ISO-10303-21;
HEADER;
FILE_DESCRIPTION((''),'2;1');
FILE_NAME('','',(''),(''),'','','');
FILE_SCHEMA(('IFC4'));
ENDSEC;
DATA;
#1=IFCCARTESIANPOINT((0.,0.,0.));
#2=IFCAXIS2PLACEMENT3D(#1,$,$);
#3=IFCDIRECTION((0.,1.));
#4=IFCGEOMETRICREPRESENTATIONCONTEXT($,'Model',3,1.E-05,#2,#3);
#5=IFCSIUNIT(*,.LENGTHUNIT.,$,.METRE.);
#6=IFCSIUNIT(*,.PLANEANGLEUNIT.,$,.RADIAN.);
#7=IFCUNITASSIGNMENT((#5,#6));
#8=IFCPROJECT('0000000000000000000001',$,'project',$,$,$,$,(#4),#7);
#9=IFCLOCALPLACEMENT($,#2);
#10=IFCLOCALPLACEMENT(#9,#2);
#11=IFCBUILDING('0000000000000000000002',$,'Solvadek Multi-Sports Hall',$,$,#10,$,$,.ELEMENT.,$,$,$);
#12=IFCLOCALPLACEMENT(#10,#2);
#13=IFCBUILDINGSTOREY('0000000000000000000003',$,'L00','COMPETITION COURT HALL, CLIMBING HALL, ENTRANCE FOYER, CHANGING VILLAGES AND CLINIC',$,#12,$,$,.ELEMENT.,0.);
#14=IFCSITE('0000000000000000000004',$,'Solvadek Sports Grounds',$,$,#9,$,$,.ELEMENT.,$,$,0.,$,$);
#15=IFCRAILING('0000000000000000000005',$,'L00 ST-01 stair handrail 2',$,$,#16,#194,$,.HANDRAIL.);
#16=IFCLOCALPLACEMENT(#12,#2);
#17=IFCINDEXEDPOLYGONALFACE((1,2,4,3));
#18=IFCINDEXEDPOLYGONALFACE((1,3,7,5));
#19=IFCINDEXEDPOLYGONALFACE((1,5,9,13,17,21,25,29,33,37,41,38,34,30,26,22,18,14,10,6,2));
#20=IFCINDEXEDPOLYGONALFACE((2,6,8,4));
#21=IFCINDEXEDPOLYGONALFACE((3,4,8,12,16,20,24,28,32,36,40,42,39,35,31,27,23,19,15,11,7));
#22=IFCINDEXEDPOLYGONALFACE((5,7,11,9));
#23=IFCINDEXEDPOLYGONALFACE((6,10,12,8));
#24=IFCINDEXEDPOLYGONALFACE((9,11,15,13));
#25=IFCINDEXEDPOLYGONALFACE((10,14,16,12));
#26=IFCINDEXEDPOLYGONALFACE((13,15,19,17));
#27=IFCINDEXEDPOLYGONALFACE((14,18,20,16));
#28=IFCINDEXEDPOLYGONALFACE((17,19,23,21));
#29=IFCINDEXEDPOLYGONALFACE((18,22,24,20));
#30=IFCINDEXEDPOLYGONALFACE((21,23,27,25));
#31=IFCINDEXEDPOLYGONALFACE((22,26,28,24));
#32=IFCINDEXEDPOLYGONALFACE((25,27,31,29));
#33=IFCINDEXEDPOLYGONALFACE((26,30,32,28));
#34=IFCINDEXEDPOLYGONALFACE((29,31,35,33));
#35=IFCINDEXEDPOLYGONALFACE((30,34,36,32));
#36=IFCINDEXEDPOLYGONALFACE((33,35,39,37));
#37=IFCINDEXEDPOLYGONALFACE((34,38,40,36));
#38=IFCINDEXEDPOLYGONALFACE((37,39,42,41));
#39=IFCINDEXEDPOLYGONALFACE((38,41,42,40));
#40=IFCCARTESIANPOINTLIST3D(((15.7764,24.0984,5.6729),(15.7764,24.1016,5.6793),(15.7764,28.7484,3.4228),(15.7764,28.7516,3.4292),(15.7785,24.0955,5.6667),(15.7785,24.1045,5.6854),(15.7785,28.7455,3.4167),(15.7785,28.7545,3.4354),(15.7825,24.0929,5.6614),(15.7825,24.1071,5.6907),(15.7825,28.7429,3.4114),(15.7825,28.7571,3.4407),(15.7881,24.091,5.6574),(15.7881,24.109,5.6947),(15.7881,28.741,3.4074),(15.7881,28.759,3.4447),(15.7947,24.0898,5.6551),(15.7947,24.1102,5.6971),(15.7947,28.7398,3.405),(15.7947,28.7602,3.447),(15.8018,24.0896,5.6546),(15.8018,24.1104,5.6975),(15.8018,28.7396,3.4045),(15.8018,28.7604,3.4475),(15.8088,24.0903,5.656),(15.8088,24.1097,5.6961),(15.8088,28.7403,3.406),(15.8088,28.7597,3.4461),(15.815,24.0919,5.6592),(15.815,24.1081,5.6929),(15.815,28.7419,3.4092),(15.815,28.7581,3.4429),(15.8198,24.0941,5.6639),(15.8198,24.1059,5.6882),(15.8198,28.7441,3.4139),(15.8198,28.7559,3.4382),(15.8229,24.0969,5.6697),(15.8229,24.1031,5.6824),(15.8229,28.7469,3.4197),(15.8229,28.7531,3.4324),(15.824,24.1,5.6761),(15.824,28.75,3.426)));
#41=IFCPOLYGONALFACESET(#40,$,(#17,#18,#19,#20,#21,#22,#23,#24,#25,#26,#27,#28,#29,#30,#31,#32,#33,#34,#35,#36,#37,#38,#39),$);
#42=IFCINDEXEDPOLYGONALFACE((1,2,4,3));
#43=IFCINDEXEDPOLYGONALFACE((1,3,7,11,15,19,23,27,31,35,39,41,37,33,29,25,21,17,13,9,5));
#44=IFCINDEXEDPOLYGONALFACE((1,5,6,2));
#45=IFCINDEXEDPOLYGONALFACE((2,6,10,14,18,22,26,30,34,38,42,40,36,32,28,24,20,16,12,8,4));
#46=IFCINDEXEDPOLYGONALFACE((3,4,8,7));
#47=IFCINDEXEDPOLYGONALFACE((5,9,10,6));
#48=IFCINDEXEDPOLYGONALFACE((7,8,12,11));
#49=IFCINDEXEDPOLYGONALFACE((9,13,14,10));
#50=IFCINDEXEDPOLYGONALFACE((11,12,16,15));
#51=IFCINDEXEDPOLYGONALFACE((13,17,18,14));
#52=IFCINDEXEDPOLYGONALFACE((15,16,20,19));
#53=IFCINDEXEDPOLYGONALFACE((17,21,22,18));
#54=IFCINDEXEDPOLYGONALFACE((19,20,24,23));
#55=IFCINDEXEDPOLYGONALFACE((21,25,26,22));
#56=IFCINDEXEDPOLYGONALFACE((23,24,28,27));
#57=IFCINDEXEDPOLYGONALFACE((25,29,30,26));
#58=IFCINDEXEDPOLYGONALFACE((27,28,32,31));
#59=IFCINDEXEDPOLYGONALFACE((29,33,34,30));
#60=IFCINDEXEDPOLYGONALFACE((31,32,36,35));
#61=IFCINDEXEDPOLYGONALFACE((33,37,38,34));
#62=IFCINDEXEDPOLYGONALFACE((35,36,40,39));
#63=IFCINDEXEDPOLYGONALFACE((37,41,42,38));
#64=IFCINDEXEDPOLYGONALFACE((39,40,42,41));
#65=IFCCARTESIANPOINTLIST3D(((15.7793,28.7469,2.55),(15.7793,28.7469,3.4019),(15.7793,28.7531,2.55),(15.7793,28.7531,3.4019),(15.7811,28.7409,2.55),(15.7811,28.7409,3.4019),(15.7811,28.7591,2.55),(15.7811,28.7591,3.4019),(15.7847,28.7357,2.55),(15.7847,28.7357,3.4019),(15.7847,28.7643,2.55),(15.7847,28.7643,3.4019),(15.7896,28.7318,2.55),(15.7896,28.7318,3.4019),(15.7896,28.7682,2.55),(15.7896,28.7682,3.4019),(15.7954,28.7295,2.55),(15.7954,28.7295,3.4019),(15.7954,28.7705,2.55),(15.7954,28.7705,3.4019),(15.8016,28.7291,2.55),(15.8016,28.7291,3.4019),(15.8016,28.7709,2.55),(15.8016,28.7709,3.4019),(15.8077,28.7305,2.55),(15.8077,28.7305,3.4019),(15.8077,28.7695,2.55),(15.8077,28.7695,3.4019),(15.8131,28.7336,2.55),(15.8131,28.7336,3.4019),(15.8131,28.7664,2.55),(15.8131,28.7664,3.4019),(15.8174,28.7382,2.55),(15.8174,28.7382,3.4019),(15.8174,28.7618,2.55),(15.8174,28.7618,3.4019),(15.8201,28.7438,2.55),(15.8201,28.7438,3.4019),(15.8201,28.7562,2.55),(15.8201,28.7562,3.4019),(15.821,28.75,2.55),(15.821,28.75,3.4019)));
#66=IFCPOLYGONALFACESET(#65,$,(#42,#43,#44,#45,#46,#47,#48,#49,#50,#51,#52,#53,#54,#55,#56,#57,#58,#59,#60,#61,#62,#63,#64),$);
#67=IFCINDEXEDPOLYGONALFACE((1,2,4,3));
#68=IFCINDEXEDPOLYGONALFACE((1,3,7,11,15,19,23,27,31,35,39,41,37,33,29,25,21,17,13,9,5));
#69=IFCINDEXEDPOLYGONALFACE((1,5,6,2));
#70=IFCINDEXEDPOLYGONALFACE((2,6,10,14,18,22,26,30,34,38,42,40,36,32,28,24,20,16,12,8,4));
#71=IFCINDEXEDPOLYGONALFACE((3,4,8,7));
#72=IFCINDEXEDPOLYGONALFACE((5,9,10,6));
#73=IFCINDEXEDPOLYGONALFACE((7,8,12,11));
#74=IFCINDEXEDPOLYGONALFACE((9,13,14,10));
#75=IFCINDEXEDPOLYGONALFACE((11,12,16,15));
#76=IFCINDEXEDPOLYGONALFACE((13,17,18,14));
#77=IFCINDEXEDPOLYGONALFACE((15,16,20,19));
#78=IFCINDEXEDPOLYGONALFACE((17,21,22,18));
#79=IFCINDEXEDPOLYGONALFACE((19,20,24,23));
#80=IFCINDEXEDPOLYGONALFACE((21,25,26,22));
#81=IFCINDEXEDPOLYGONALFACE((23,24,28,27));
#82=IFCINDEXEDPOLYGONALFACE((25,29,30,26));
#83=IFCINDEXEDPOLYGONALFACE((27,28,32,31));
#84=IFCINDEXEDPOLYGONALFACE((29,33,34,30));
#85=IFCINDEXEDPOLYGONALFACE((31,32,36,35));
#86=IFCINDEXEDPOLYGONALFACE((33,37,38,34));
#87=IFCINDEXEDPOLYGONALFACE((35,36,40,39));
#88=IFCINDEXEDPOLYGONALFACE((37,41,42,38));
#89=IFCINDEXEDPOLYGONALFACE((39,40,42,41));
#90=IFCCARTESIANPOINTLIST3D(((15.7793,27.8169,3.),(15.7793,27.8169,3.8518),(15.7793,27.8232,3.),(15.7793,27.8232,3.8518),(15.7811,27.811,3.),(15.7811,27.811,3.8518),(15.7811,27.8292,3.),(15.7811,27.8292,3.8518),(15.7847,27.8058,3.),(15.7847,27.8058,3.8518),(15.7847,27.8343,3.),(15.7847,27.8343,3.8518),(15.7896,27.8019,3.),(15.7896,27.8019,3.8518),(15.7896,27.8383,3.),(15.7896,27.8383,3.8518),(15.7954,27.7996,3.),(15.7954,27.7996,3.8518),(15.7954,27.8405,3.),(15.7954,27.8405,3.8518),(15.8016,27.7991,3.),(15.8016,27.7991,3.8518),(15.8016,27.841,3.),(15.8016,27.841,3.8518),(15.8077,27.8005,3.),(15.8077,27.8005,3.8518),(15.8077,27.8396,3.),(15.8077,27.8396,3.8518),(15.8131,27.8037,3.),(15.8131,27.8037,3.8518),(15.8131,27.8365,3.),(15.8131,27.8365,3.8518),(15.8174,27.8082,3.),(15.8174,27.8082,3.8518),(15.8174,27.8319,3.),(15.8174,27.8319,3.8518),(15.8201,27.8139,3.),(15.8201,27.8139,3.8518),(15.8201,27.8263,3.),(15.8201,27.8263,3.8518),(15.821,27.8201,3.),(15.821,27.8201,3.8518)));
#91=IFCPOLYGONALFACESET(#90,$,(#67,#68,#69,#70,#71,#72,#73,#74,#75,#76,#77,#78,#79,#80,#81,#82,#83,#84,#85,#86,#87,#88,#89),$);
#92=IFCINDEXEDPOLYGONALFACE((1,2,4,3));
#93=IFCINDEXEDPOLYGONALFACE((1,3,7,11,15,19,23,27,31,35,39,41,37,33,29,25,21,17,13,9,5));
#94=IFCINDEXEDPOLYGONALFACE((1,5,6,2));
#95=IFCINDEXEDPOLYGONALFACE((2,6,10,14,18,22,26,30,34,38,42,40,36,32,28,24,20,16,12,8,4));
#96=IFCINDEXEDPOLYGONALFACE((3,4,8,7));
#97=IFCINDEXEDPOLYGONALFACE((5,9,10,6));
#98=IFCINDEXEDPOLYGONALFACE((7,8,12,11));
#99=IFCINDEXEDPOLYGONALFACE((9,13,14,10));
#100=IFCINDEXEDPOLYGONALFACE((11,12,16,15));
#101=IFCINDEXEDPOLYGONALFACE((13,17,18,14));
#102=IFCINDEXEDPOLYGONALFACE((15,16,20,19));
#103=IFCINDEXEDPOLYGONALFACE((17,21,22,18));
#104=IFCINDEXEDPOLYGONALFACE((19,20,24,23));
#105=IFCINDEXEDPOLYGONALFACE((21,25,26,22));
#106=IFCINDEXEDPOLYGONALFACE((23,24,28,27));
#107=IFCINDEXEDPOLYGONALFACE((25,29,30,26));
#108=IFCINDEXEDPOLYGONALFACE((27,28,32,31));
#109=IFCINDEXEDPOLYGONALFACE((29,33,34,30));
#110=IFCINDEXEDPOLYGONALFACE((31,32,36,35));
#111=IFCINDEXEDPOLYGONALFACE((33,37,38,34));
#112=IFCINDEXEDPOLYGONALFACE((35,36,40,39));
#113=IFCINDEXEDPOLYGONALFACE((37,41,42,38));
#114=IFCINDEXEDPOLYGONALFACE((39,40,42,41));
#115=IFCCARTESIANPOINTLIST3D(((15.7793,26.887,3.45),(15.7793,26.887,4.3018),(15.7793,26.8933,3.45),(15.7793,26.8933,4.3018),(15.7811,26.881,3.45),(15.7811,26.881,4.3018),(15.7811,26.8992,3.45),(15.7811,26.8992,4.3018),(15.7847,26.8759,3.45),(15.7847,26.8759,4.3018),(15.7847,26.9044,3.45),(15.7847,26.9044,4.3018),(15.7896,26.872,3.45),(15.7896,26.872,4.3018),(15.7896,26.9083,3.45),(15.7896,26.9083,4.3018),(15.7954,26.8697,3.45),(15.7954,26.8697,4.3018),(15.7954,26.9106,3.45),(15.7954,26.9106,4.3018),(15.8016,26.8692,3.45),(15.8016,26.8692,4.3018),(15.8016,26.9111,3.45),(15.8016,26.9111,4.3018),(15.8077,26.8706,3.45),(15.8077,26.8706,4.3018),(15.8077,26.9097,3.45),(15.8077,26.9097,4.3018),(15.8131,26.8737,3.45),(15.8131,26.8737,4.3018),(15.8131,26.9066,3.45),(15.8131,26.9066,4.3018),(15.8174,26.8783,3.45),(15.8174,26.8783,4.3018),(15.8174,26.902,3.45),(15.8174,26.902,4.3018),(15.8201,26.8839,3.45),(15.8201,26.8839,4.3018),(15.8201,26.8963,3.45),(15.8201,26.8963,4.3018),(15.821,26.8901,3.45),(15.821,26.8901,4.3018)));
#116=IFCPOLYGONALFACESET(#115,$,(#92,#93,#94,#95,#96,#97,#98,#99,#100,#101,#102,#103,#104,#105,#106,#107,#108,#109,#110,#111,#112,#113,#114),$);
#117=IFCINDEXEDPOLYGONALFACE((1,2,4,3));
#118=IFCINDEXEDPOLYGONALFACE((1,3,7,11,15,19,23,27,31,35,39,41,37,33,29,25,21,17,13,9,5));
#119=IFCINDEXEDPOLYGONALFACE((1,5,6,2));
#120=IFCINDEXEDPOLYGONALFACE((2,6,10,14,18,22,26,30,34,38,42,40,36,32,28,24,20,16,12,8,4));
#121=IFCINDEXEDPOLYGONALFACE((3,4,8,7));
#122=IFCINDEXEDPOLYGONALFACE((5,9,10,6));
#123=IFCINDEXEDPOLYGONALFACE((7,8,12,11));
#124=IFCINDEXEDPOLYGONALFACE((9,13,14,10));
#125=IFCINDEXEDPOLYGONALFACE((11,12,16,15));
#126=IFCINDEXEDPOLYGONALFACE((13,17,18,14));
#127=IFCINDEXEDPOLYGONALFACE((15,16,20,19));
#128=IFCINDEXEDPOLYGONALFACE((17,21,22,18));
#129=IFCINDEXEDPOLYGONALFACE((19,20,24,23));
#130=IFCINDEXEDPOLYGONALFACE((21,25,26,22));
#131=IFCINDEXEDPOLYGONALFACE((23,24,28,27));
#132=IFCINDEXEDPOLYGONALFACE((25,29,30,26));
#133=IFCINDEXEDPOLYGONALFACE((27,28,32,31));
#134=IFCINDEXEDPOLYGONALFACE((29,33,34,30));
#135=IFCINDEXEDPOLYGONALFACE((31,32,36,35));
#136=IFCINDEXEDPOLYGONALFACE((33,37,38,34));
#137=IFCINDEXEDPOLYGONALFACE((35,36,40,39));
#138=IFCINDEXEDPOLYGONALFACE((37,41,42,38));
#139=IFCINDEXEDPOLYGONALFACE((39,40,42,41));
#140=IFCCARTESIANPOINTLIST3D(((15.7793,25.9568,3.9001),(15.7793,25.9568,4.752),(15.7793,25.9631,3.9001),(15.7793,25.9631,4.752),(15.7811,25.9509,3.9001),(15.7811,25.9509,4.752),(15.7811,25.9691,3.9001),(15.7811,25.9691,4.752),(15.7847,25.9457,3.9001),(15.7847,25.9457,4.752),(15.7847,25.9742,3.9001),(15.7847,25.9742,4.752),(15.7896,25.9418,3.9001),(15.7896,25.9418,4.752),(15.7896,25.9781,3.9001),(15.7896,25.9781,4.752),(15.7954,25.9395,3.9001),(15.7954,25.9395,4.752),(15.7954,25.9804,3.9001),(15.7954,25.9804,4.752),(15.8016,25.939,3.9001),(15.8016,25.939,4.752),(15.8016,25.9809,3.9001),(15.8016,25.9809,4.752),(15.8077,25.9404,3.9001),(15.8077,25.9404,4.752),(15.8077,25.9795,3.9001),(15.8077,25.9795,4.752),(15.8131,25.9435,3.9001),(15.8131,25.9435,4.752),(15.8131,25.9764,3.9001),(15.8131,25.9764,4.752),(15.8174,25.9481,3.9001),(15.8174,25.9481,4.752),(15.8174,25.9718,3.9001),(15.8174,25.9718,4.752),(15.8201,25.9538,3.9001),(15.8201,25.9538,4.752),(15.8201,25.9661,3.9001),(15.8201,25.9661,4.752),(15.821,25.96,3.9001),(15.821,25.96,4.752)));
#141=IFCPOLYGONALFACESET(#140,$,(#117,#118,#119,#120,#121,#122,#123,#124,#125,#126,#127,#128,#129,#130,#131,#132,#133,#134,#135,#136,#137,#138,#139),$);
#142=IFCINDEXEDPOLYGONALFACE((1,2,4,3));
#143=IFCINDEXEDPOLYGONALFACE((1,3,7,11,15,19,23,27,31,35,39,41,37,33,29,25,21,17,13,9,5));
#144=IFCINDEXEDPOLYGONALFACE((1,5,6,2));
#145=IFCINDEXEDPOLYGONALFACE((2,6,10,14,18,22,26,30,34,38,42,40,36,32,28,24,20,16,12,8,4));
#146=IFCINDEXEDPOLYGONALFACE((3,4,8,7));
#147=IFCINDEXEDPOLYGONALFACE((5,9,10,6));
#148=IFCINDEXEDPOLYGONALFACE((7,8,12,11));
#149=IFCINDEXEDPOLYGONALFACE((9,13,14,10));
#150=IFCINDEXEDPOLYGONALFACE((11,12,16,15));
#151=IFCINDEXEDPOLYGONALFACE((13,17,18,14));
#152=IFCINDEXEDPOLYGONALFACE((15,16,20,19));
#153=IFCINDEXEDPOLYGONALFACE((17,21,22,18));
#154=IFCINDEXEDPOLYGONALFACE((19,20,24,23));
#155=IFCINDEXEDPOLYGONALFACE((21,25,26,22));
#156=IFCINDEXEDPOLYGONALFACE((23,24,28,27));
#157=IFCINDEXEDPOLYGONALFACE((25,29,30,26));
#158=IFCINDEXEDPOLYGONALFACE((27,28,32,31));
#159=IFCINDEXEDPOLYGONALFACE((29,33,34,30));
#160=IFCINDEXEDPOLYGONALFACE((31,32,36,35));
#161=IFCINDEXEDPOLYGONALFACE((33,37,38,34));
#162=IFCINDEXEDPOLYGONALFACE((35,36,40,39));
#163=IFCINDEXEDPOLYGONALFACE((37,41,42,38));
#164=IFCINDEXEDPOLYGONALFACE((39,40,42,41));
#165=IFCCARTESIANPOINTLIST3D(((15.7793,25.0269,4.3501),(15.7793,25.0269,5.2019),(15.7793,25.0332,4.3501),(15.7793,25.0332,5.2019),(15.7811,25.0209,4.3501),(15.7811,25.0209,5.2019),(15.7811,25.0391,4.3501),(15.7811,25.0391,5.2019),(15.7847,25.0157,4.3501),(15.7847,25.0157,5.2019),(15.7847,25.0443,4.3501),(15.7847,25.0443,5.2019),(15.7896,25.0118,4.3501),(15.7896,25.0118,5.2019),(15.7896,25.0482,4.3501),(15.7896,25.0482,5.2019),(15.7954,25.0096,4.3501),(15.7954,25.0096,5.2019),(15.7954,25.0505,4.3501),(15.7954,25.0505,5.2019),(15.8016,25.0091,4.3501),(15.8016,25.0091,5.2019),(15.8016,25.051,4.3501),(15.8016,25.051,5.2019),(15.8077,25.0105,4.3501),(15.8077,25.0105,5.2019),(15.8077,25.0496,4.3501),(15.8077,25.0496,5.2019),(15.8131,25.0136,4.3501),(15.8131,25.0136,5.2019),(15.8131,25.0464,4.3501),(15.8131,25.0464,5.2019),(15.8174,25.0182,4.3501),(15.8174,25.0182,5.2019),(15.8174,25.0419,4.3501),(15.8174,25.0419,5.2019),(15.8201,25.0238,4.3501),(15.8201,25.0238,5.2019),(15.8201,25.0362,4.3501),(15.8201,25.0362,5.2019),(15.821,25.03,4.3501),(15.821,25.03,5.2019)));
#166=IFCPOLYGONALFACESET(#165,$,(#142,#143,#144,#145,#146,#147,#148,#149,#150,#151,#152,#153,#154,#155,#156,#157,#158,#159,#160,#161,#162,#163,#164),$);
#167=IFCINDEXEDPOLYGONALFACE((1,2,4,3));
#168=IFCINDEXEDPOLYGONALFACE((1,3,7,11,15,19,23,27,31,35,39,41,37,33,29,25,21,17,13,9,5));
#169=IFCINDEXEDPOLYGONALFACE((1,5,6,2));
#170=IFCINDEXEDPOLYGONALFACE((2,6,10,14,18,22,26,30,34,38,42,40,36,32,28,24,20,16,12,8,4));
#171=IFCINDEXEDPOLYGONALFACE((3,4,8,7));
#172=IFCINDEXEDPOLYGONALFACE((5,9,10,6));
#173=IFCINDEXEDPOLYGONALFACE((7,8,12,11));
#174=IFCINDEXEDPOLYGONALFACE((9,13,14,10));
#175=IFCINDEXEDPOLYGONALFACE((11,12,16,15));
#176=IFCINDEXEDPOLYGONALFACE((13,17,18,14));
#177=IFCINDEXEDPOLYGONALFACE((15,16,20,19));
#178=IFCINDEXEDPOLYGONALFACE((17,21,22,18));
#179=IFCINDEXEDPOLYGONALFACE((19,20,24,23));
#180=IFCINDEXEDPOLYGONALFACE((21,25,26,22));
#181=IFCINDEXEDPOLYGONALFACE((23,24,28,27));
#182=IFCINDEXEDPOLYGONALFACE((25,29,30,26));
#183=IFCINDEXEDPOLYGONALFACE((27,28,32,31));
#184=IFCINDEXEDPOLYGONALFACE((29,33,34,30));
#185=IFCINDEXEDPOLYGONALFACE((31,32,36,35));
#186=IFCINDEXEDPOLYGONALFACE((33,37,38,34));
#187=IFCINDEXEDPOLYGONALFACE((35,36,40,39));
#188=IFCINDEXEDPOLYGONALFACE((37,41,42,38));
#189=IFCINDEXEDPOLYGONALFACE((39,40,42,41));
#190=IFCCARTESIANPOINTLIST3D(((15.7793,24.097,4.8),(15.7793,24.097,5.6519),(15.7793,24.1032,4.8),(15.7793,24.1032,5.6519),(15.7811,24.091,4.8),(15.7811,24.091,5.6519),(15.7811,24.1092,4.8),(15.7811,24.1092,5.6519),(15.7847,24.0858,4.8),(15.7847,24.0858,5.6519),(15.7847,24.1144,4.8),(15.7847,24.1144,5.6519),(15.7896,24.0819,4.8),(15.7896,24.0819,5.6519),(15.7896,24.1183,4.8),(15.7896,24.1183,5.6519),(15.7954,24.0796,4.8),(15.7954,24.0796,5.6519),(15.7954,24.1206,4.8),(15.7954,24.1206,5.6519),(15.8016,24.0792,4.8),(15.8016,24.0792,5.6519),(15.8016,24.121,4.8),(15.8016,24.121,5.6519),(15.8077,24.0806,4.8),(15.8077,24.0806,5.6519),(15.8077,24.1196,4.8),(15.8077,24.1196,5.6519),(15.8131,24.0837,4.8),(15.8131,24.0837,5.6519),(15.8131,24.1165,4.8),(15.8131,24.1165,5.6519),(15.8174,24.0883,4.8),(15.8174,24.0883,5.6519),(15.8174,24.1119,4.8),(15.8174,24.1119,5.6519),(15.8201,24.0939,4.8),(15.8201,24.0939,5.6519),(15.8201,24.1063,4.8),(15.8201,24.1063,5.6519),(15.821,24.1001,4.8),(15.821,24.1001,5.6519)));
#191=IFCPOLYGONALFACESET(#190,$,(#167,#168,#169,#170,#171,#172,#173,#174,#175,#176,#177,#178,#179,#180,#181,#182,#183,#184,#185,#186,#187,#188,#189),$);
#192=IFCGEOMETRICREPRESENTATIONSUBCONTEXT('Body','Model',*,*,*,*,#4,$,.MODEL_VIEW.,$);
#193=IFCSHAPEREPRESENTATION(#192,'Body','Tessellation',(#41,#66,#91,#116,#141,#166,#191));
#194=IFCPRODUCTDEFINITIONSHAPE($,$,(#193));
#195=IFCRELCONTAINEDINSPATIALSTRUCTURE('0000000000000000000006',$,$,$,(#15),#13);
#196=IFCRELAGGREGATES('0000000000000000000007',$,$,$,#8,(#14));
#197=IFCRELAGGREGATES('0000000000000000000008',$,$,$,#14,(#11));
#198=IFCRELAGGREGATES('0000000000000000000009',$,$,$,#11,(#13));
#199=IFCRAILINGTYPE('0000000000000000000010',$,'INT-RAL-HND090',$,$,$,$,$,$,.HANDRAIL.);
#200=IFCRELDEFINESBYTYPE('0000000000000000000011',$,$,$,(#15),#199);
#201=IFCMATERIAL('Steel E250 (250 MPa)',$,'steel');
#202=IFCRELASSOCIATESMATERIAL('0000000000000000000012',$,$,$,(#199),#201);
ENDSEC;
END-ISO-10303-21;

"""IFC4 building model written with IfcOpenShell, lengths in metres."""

from ifc_helpers import new_model, si_unit, direction, frame, origin, origin_2d, place, context, subcontext, project, spatial, circle, extrude, material, type_object, element, save


model = new_model("IFC4")

# Units and contexts
model_context = context("Model", 3, precision=1e-05, world=origin(), true_north=direction((0.0, 1.0)))
body_context = subcontext(model_context, "Body", "Model", "MODEL_VIEW")
ifc_project = project(units=[si_unit("LENGTHUNIT", "METRE"), si_unit("PLANEANGLEUNIT", "RADIAN")], contexts=[model_context])

# Site, building, storey
site_placement = place(None, origin())
site = spatial("IfcSite", under=ifc_project, at=site_placement, Name="Solvadek Sports Grounds", CompositionType="ELEMENT", RefElevation=0.0)
building_placement = place(site_placement, origin())
building = spatial("IfcBuilding", under=site, at=building_placement, Name="Solvadek Multi-Sports Hall", CompositionType="ELEMENT")
storey_placement = place(building_placement, origin())
storey = spatial("IfcBuildingStorey", under=building, at=storey_placement, Name="L00", Description="COMPETITION COURT HALL, CLIMBING HALL, ENTRANCE FOYER, CHANGING VILLAGES AND CLINIC", CompositionType="ELEMENT", Elevation=0.0)

# Railing
ifc_material_1 = material(Name="Steel E250 (250 MPa)", Category="steel")
railing_type_1 = type_object("IfcRailingType", Name="INT-RAL-HND090", PredefinedType="HANDRAIL", material=ifc_material_1)
railing_1_placement = place(storey_placement, frame((15.8, 28.75, 2.55)))
element("IfcRailing", 1, at=railing_1_placement, inside=storey, type_object=railing_type_1, Name="L00 ST-01 stair handrail 2", PredefinedType="HANDRAIL", context=body_context, shape_type="SweptSolid", body=[
    extrude(circle(Radius=0.0239, at=origin_2d()), frame((0.0, 0.0, 0.876), z_axis=(0.0, -0.900156, 0.435568), x_axis=(1.0, 0.0, 0.0)), (0.0, 0.0, 1.0), 5.1658),
    extrude(circle(Radius=0.021, at=origin_2d()), origin(), (0.0, 0.0, 1.0), 0.8518),
    extrude(circle(Radius=0.021, at=origin_2d()), frame((0.0, -0.9299, 0.45)), (0.0, 0.0, 1.0), 0.8518),
    extrude(circle(Radius=0.021, at=origin_2d()), frame((0.0, -1.8599, 0.8999)), (0.0, 0.0, 1.0), 0.8518),
    extrude(circle(Radius=0.021, at=origin_2d()), frame((0.0, -2.79, 1.3501)), (0.0, 0.0, 1.0), 0.8518),
    extrude(circle(Radius=0.021, at=origin_2d()), frame((0.0, -3.72, 1.8)), (0.0, 0.0, 1.0), 0.8518),
    extrude(circle(Radius=0.021, at=origin_2d()), frame((0.0, -4.6499, 2.25)), (0.0, 0.0, 1.0), 0.8518),
])

save(model, "model.ifc")
